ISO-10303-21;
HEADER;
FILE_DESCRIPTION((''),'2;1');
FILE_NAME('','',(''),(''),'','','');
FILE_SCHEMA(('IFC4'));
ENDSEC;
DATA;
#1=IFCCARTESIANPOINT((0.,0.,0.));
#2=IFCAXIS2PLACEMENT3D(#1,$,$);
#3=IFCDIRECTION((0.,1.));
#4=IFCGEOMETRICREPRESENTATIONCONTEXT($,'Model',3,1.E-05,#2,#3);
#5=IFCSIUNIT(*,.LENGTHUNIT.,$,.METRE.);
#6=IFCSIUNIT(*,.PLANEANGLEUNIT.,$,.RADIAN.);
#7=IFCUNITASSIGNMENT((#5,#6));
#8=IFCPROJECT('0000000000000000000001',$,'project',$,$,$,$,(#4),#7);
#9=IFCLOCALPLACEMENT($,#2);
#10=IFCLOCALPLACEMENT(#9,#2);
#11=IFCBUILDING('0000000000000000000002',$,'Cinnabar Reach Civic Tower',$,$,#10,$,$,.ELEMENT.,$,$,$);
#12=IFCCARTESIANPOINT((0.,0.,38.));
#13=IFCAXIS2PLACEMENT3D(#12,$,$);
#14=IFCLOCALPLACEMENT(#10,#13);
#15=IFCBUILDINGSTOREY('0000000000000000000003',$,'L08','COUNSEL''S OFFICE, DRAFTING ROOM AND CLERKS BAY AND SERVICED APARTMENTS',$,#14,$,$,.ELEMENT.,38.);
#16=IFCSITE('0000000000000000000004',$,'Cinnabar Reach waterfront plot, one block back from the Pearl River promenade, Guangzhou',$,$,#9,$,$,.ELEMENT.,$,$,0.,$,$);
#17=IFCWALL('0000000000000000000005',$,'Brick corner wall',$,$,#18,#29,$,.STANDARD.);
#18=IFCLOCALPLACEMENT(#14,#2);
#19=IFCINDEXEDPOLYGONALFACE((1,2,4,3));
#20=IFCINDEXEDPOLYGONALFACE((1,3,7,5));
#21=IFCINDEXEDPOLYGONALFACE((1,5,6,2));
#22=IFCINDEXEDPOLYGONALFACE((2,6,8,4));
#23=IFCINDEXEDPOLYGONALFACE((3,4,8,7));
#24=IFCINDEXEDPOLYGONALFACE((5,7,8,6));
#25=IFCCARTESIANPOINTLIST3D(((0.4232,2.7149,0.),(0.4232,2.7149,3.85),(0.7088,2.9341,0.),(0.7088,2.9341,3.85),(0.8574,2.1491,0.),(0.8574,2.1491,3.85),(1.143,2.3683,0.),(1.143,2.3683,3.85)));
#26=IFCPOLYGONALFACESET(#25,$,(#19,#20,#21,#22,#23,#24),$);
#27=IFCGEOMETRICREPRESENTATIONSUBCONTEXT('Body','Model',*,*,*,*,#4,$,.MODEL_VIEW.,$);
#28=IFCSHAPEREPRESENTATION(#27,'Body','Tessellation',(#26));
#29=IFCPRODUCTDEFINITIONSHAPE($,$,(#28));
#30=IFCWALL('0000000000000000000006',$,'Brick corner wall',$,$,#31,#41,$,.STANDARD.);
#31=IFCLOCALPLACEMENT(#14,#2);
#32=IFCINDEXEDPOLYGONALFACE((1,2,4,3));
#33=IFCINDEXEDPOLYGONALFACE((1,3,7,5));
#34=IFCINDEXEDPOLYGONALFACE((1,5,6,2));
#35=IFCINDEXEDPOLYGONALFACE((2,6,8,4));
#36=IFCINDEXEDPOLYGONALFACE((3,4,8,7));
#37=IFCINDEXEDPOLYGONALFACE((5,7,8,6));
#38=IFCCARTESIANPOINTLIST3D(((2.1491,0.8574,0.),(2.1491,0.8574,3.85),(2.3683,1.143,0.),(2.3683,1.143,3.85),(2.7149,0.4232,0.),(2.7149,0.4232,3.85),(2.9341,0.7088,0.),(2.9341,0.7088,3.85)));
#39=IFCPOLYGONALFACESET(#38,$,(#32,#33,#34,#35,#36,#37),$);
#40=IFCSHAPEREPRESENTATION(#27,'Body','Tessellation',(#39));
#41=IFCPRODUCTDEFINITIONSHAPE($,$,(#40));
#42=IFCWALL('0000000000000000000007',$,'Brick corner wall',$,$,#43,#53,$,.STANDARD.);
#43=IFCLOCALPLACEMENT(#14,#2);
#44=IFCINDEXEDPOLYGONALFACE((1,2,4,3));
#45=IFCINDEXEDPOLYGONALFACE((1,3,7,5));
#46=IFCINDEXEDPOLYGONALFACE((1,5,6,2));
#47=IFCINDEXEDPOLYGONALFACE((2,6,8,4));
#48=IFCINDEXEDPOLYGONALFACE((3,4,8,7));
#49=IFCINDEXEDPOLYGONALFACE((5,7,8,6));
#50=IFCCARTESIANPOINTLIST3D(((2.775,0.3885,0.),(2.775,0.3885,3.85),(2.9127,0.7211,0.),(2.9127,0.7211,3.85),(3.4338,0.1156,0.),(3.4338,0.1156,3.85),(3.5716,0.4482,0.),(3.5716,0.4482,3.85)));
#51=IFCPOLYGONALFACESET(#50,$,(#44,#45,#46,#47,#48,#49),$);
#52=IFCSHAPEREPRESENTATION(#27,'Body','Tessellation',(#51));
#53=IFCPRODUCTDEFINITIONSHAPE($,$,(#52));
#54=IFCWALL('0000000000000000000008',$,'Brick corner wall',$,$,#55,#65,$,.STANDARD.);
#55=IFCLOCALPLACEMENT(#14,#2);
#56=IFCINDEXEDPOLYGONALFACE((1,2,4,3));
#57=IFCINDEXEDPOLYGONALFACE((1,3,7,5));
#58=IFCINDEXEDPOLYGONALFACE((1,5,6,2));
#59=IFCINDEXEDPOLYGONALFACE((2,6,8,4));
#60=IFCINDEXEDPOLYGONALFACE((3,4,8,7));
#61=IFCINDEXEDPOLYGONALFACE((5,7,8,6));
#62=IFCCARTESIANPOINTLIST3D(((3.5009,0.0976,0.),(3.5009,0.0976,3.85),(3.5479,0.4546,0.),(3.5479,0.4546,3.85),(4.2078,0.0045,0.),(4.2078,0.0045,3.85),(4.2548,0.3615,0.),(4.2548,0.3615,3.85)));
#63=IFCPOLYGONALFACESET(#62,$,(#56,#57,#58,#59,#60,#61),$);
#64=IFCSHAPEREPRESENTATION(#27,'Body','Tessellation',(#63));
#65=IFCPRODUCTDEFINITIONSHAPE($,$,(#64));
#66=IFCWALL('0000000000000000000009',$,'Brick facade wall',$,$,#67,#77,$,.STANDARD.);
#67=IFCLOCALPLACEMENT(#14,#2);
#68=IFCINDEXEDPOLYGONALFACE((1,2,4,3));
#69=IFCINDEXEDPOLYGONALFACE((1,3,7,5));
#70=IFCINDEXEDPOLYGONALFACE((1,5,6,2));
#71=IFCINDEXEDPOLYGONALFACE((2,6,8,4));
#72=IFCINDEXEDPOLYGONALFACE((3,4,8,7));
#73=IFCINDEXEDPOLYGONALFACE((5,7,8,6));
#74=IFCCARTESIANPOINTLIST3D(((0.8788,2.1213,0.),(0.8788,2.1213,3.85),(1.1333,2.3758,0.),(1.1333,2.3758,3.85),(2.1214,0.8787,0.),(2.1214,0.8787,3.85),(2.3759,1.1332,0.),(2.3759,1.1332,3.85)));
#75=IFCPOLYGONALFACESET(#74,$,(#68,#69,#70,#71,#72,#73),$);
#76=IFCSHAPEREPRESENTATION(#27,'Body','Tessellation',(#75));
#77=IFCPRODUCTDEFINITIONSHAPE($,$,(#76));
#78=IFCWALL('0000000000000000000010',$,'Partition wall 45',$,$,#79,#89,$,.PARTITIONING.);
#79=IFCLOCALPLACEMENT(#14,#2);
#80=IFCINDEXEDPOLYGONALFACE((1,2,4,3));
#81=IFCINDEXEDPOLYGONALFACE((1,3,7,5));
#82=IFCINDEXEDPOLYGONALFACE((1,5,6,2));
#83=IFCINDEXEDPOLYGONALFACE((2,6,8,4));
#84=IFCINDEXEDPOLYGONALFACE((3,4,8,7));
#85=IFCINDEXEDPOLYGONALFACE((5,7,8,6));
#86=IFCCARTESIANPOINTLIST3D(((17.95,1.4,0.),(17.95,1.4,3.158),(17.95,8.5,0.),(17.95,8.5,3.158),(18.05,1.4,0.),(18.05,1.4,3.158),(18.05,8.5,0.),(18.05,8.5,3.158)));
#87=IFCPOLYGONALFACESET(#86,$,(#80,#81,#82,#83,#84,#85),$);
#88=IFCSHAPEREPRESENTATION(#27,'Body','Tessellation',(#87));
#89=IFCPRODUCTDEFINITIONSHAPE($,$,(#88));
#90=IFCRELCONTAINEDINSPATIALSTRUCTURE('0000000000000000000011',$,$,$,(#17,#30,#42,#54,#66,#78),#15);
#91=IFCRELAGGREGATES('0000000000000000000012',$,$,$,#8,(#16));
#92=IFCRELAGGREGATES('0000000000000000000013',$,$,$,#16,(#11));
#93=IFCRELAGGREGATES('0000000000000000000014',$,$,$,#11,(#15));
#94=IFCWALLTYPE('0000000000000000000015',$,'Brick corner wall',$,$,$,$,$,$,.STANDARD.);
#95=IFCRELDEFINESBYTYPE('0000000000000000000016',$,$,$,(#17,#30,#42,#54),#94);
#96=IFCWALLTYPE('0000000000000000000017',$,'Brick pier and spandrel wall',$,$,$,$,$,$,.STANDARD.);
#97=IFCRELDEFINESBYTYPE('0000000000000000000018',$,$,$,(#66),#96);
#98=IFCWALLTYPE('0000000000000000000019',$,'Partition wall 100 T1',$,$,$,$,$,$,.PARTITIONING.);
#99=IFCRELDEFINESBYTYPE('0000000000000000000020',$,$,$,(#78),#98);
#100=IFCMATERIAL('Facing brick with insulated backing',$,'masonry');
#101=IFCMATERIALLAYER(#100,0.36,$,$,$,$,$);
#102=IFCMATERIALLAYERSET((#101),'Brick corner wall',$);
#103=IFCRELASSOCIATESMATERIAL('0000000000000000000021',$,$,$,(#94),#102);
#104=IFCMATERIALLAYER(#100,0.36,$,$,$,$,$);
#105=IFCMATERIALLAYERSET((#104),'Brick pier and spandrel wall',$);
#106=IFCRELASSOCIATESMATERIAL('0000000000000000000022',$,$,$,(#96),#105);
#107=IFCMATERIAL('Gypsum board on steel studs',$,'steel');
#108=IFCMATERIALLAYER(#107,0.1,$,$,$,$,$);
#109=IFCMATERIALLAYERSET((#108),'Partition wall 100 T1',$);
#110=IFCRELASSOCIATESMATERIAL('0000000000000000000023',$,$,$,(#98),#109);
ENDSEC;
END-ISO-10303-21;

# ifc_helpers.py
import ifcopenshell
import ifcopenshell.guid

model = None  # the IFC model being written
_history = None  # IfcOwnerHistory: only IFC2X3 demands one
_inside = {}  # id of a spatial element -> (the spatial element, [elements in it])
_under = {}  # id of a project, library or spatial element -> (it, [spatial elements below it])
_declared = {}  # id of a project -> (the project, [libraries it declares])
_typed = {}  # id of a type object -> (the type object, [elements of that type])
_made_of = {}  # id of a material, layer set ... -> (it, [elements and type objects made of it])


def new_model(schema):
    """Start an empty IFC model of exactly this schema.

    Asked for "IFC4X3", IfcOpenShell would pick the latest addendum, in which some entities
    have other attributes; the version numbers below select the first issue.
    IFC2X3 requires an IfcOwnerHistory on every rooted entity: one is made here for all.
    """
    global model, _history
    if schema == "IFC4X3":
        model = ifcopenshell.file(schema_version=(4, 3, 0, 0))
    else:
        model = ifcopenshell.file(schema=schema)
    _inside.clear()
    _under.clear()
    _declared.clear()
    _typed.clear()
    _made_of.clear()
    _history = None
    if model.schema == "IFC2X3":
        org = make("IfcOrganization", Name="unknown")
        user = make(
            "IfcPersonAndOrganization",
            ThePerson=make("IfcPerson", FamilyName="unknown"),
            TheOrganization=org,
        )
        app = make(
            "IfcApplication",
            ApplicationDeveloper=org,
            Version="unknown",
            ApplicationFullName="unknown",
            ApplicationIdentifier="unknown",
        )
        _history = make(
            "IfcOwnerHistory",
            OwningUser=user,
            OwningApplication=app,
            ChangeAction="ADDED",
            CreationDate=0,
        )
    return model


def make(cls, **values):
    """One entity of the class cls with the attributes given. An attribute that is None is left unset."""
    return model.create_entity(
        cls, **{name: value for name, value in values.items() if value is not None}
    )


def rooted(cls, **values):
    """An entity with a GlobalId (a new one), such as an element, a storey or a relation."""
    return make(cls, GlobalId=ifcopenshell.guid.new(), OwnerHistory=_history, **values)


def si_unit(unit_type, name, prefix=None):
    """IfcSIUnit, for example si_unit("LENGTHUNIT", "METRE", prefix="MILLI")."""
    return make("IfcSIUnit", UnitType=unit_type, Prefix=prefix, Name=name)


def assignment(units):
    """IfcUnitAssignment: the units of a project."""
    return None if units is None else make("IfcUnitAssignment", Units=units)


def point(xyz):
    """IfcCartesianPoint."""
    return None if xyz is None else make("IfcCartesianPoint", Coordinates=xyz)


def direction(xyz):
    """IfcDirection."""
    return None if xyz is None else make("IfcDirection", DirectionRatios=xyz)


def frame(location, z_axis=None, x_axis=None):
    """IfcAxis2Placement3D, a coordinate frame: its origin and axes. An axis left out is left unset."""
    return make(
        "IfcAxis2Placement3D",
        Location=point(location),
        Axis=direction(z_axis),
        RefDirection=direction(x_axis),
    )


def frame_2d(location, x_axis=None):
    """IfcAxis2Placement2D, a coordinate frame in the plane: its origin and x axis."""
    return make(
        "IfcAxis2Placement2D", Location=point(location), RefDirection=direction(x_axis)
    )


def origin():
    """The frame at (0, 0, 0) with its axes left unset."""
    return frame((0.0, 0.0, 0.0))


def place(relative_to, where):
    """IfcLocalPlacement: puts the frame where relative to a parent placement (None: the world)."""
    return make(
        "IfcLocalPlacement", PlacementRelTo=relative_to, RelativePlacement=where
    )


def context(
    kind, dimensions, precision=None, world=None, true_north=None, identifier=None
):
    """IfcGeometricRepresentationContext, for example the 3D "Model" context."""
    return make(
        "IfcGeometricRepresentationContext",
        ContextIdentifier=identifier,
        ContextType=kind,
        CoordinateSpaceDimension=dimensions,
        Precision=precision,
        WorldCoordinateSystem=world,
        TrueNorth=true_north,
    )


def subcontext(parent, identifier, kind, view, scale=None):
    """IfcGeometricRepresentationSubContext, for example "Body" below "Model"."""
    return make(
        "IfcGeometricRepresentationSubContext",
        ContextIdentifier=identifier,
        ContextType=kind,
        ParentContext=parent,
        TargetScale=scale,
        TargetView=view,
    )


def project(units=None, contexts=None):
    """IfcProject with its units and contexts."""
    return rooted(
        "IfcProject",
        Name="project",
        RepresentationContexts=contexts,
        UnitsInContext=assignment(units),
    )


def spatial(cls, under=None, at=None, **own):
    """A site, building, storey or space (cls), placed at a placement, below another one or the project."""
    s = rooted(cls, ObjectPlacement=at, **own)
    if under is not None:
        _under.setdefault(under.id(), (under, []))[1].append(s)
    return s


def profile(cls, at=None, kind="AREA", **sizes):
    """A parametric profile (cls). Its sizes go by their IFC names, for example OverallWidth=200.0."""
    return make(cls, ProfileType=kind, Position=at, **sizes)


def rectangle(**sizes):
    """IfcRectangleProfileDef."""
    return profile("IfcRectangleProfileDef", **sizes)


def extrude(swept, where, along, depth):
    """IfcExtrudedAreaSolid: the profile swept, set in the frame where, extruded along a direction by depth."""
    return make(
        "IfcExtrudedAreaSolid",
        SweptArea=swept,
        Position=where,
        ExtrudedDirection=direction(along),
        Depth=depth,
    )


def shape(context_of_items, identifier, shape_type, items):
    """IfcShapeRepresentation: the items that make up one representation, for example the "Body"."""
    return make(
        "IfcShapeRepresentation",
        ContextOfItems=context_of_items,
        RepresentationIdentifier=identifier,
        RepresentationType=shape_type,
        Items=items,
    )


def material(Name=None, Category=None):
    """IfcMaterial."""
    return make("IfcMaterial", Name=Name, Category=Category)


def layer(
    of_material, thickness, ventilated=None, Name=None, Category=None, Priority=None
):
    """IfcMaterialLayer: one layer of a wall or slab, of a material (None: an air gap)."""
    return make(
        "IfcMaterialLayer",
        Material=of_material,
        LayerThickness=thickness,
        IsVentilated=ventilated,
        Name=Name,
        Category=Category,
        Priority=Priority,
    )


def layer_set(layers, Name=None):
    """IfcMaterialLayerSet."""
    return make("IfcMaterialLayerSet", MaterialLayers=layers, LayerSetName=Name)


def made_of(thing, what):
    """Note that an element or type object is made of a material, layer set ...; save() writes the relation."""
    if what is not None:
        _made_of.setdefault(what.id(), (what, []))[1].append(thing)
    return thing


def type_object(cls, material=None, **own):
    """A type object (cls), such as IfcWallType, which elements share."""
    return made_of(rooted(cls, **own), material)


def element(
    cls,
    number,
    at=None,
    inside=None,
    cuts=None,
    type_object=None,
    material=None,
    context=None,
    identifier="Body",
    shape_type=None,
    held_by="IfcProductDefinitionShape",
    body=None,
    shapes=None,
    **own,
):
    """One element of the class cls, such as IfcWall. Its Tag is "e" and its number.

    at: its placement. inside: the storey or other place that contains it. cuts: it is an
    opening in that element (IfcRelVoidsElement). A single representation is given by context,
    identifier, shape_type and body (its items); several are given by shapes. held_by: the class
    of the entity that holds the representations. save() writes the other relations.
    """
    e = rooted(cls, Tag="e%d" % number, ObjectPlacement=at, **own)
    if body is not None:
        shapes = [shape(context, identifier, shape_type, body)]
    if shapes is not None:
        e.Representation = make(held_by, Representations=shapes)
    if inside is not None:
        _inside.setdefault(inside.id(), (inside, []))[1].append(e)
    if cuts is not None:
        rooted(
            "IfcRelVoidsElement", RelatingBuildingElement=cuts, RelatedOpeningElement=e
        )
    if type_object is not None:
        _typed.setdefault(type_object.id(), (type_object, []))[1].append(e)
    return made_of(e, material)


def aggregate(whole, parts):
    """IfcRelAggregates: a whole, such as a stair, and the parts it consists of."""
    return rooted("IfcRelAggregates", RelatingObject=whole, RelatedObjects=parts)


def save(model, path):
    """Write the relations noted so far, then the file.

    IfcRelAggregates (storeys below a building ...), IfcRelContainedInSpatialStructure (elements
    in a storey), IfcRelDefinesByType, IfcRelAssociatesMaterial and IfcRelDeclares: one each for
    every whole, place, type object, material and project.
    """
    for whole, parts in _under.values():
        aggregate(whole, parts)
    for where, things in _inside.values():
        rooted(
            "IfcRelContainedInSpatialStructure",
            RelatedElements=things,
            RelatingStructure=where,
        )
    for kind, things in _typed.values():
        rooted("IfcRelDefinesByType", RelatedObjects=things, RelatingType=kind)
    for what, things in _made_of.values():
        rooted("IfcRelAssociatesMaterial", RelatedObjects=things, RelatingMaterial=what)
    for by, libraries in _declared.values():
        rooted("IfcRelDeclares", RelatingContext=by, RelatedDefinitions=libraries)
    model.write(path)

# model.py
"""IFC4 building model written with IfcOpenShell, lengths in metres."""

from ifc_helpers import new_model, si_unit, direction, frame, frame_2d, origin, place, context, subcontext, project, spatial, rectangle, extrude, material, layer, layer_set, type_object, element, save


model = new_model("IFC4")

# Units and contexts
model_context = context("Model", 3, precision=1e-05, world=origin(), true_north=direction((0.0, 1.0)))
body_context = subcontext(model_context, "Body", "Model", "MODEL_VIEW")
ifc_project = project(units=[si_unit("LENGTHUNIT", "METRE"), si_unit("PLANEANGLEUNIT", "RADIAN")], contexts=[model_context])

# Site, building, storey
site_placement = place(None, origin())
site = spatial("IfcSite", under=ifc_project, at=site_placement, Name="Cinnabar Reach waterfront plot, one block back from the Pearl River promenade, Guangzhou", CompositionType="ELEMENT", RefElevation=0.0)
building_placement = place(site_placement, origin())
building = spatial("IfcBuilding", under=site, at=building_placement, Name="Cinnabar Reach Civic Tower", CompositionType="ELEMENT")
storey_placement = place(building_placement, frame((0.0, 0.0, 38.0)))
storey = spatial("IfcBuildingStorey", under=building, at=storey_placement, Name="L08", Description="COUNSEL'S OFFICE, DRAFTING ROOM AND CLERKS BAY AND SERVICED APARTMENTS", CompositionType="ELEMENT", Elevation=38.0)

# Walls
ifc_material_1 = material(Name="Facing brick with insulated backing", Category="masonry")
ifc_layer_1 = layer(ifc_material_1, 0.36)
ifc_layer_set_1 = layer_set([ifc_layer_1], Name="Brick corner wall")
wall_type_1 = type_object("IfcWallType", Name="Brick corner wall", PredefinedType="STANDARD", material=ifc_layer_set_1)
for number, where, z_axis, x_axis, name in (
    (1, (0.566, 2.8245, 0.0), (0.0, 0.0, 1.0), (0.608802, -0.793322, 0.0), "Brick corner wall"),
    (2, (2.2587, 1.0002, 0.0), (0.0, 0.0, 1.0), (0.793322, -0.608802, 0.0), "Brick corner wall"),
):
    element("IfcWall", number, at=place(storey_placement, frame(where, z_axis=z_axis, x_axis=x_axis)), inside=storey, type_object=wall_type_1, Name=name, PredefinedType="STANDARD", context=body_context, shape_type="SweptSolid", body=[
        extrude(rectangle(XDim=0.7132, YDim=0.36, at=frame_2d((0.3566, 0.0))), origin(), (0.0, 0.0, 1.0), 3.85),
    ])
for number, where, z_axis, x_axis, name in (
    (3, (2.8439, 0.5548, 0.0), (0.0, 0.0, 1.0), (0.923872, -0.382703, 0.0), "Brick corner wall"),
    (4, (3.5244, 0.2761, 0.0), (0.0, 0.0, 1.0), (0.991441, -0.130556, 0.0), "Brick corner wall"),
):
    element("IfcWall", number, at=place(storey_placement, frame(where, z_axis=z_axis, x_axis=x_axis)), inside=storey, type_object=wall_type_1, Name=name, PredefinedType="STANDARD", context=body_context, shape_type="SweptSolid", body=[
        extrude(rectangle(XDim=0.7131, YDim=0.36, at=frame_2d((0.3565, 0.0))), origin(), (0.0, 0.0, 1.0), 3.85),
    ])

# Shared definitions
ifc_layer_2 = layer(ifc_material_1, 0.36)
ifc_layer_set_2 = layer_set([ifc_layer_2], Name="Brick pier and spandrel wall")
wall_type_2 = type_object("IfcWallType", Name="Brick pier and spandrel wall", PredefinedType="STANDARD", material=ifc_layer_set_2)

# Walls
wall_1_placement = place(storey_placement, frame((1.006, 2.2486, 0.0), z_axis=(0.0, 0.0, 1.0), x_axis=(0.707107, -0.707107, 0.0)))
element("IfcWall", 5, at=wall_1_placement, inside=storey, type_object=wall_type_2, Name="Brick facade wall", PredefinedType="STANDARD", context=body_context, shape_type="SweptSolid", body=[
    extrude(rectangle(XDim=1.7573, YDim=0.36, at=frame_2d((0.8787, 0.0))), origin(), (0.0, 0.0, 1.0), 3.85),
])
ifc_material_2 = material(Name="Gypsum board on steel studs", Category="steel")
ifc_layer_3 = layer(ifc_material_2, 0.1)
ifc_layer_set_3 = layer_set([ifc_layer_3], Name="Partition wall 100 T1")
wall_type_3 = type_object("IfcWallType", Name="Partition wall 100 T1", PredefinedType="PARTITIONING", material=ifc_layer_set_3)
wall_2_placement = place(storey_placement, frame((18.0, 1.4, 0.0), z_axis=(0.0, 0.0, 1.0), x_axis=(0.0, 1.0, 0.0)))
element("IfcWall", 6, at=wall_2_placement, inside=storey, type_object=wall_type_3, Name="Partition wall 45", PredefinedType="PARTITIONING", context=body_context, shape_type="SweptSolid", body=[
    extrude(rectangle(XDim=7.1, YDim=0.1, at=frame_2d((3.55, 0.0))), origin(), (0.0, 0.0, 1.0), 3.158),
])

save(model, "model.ifc")
